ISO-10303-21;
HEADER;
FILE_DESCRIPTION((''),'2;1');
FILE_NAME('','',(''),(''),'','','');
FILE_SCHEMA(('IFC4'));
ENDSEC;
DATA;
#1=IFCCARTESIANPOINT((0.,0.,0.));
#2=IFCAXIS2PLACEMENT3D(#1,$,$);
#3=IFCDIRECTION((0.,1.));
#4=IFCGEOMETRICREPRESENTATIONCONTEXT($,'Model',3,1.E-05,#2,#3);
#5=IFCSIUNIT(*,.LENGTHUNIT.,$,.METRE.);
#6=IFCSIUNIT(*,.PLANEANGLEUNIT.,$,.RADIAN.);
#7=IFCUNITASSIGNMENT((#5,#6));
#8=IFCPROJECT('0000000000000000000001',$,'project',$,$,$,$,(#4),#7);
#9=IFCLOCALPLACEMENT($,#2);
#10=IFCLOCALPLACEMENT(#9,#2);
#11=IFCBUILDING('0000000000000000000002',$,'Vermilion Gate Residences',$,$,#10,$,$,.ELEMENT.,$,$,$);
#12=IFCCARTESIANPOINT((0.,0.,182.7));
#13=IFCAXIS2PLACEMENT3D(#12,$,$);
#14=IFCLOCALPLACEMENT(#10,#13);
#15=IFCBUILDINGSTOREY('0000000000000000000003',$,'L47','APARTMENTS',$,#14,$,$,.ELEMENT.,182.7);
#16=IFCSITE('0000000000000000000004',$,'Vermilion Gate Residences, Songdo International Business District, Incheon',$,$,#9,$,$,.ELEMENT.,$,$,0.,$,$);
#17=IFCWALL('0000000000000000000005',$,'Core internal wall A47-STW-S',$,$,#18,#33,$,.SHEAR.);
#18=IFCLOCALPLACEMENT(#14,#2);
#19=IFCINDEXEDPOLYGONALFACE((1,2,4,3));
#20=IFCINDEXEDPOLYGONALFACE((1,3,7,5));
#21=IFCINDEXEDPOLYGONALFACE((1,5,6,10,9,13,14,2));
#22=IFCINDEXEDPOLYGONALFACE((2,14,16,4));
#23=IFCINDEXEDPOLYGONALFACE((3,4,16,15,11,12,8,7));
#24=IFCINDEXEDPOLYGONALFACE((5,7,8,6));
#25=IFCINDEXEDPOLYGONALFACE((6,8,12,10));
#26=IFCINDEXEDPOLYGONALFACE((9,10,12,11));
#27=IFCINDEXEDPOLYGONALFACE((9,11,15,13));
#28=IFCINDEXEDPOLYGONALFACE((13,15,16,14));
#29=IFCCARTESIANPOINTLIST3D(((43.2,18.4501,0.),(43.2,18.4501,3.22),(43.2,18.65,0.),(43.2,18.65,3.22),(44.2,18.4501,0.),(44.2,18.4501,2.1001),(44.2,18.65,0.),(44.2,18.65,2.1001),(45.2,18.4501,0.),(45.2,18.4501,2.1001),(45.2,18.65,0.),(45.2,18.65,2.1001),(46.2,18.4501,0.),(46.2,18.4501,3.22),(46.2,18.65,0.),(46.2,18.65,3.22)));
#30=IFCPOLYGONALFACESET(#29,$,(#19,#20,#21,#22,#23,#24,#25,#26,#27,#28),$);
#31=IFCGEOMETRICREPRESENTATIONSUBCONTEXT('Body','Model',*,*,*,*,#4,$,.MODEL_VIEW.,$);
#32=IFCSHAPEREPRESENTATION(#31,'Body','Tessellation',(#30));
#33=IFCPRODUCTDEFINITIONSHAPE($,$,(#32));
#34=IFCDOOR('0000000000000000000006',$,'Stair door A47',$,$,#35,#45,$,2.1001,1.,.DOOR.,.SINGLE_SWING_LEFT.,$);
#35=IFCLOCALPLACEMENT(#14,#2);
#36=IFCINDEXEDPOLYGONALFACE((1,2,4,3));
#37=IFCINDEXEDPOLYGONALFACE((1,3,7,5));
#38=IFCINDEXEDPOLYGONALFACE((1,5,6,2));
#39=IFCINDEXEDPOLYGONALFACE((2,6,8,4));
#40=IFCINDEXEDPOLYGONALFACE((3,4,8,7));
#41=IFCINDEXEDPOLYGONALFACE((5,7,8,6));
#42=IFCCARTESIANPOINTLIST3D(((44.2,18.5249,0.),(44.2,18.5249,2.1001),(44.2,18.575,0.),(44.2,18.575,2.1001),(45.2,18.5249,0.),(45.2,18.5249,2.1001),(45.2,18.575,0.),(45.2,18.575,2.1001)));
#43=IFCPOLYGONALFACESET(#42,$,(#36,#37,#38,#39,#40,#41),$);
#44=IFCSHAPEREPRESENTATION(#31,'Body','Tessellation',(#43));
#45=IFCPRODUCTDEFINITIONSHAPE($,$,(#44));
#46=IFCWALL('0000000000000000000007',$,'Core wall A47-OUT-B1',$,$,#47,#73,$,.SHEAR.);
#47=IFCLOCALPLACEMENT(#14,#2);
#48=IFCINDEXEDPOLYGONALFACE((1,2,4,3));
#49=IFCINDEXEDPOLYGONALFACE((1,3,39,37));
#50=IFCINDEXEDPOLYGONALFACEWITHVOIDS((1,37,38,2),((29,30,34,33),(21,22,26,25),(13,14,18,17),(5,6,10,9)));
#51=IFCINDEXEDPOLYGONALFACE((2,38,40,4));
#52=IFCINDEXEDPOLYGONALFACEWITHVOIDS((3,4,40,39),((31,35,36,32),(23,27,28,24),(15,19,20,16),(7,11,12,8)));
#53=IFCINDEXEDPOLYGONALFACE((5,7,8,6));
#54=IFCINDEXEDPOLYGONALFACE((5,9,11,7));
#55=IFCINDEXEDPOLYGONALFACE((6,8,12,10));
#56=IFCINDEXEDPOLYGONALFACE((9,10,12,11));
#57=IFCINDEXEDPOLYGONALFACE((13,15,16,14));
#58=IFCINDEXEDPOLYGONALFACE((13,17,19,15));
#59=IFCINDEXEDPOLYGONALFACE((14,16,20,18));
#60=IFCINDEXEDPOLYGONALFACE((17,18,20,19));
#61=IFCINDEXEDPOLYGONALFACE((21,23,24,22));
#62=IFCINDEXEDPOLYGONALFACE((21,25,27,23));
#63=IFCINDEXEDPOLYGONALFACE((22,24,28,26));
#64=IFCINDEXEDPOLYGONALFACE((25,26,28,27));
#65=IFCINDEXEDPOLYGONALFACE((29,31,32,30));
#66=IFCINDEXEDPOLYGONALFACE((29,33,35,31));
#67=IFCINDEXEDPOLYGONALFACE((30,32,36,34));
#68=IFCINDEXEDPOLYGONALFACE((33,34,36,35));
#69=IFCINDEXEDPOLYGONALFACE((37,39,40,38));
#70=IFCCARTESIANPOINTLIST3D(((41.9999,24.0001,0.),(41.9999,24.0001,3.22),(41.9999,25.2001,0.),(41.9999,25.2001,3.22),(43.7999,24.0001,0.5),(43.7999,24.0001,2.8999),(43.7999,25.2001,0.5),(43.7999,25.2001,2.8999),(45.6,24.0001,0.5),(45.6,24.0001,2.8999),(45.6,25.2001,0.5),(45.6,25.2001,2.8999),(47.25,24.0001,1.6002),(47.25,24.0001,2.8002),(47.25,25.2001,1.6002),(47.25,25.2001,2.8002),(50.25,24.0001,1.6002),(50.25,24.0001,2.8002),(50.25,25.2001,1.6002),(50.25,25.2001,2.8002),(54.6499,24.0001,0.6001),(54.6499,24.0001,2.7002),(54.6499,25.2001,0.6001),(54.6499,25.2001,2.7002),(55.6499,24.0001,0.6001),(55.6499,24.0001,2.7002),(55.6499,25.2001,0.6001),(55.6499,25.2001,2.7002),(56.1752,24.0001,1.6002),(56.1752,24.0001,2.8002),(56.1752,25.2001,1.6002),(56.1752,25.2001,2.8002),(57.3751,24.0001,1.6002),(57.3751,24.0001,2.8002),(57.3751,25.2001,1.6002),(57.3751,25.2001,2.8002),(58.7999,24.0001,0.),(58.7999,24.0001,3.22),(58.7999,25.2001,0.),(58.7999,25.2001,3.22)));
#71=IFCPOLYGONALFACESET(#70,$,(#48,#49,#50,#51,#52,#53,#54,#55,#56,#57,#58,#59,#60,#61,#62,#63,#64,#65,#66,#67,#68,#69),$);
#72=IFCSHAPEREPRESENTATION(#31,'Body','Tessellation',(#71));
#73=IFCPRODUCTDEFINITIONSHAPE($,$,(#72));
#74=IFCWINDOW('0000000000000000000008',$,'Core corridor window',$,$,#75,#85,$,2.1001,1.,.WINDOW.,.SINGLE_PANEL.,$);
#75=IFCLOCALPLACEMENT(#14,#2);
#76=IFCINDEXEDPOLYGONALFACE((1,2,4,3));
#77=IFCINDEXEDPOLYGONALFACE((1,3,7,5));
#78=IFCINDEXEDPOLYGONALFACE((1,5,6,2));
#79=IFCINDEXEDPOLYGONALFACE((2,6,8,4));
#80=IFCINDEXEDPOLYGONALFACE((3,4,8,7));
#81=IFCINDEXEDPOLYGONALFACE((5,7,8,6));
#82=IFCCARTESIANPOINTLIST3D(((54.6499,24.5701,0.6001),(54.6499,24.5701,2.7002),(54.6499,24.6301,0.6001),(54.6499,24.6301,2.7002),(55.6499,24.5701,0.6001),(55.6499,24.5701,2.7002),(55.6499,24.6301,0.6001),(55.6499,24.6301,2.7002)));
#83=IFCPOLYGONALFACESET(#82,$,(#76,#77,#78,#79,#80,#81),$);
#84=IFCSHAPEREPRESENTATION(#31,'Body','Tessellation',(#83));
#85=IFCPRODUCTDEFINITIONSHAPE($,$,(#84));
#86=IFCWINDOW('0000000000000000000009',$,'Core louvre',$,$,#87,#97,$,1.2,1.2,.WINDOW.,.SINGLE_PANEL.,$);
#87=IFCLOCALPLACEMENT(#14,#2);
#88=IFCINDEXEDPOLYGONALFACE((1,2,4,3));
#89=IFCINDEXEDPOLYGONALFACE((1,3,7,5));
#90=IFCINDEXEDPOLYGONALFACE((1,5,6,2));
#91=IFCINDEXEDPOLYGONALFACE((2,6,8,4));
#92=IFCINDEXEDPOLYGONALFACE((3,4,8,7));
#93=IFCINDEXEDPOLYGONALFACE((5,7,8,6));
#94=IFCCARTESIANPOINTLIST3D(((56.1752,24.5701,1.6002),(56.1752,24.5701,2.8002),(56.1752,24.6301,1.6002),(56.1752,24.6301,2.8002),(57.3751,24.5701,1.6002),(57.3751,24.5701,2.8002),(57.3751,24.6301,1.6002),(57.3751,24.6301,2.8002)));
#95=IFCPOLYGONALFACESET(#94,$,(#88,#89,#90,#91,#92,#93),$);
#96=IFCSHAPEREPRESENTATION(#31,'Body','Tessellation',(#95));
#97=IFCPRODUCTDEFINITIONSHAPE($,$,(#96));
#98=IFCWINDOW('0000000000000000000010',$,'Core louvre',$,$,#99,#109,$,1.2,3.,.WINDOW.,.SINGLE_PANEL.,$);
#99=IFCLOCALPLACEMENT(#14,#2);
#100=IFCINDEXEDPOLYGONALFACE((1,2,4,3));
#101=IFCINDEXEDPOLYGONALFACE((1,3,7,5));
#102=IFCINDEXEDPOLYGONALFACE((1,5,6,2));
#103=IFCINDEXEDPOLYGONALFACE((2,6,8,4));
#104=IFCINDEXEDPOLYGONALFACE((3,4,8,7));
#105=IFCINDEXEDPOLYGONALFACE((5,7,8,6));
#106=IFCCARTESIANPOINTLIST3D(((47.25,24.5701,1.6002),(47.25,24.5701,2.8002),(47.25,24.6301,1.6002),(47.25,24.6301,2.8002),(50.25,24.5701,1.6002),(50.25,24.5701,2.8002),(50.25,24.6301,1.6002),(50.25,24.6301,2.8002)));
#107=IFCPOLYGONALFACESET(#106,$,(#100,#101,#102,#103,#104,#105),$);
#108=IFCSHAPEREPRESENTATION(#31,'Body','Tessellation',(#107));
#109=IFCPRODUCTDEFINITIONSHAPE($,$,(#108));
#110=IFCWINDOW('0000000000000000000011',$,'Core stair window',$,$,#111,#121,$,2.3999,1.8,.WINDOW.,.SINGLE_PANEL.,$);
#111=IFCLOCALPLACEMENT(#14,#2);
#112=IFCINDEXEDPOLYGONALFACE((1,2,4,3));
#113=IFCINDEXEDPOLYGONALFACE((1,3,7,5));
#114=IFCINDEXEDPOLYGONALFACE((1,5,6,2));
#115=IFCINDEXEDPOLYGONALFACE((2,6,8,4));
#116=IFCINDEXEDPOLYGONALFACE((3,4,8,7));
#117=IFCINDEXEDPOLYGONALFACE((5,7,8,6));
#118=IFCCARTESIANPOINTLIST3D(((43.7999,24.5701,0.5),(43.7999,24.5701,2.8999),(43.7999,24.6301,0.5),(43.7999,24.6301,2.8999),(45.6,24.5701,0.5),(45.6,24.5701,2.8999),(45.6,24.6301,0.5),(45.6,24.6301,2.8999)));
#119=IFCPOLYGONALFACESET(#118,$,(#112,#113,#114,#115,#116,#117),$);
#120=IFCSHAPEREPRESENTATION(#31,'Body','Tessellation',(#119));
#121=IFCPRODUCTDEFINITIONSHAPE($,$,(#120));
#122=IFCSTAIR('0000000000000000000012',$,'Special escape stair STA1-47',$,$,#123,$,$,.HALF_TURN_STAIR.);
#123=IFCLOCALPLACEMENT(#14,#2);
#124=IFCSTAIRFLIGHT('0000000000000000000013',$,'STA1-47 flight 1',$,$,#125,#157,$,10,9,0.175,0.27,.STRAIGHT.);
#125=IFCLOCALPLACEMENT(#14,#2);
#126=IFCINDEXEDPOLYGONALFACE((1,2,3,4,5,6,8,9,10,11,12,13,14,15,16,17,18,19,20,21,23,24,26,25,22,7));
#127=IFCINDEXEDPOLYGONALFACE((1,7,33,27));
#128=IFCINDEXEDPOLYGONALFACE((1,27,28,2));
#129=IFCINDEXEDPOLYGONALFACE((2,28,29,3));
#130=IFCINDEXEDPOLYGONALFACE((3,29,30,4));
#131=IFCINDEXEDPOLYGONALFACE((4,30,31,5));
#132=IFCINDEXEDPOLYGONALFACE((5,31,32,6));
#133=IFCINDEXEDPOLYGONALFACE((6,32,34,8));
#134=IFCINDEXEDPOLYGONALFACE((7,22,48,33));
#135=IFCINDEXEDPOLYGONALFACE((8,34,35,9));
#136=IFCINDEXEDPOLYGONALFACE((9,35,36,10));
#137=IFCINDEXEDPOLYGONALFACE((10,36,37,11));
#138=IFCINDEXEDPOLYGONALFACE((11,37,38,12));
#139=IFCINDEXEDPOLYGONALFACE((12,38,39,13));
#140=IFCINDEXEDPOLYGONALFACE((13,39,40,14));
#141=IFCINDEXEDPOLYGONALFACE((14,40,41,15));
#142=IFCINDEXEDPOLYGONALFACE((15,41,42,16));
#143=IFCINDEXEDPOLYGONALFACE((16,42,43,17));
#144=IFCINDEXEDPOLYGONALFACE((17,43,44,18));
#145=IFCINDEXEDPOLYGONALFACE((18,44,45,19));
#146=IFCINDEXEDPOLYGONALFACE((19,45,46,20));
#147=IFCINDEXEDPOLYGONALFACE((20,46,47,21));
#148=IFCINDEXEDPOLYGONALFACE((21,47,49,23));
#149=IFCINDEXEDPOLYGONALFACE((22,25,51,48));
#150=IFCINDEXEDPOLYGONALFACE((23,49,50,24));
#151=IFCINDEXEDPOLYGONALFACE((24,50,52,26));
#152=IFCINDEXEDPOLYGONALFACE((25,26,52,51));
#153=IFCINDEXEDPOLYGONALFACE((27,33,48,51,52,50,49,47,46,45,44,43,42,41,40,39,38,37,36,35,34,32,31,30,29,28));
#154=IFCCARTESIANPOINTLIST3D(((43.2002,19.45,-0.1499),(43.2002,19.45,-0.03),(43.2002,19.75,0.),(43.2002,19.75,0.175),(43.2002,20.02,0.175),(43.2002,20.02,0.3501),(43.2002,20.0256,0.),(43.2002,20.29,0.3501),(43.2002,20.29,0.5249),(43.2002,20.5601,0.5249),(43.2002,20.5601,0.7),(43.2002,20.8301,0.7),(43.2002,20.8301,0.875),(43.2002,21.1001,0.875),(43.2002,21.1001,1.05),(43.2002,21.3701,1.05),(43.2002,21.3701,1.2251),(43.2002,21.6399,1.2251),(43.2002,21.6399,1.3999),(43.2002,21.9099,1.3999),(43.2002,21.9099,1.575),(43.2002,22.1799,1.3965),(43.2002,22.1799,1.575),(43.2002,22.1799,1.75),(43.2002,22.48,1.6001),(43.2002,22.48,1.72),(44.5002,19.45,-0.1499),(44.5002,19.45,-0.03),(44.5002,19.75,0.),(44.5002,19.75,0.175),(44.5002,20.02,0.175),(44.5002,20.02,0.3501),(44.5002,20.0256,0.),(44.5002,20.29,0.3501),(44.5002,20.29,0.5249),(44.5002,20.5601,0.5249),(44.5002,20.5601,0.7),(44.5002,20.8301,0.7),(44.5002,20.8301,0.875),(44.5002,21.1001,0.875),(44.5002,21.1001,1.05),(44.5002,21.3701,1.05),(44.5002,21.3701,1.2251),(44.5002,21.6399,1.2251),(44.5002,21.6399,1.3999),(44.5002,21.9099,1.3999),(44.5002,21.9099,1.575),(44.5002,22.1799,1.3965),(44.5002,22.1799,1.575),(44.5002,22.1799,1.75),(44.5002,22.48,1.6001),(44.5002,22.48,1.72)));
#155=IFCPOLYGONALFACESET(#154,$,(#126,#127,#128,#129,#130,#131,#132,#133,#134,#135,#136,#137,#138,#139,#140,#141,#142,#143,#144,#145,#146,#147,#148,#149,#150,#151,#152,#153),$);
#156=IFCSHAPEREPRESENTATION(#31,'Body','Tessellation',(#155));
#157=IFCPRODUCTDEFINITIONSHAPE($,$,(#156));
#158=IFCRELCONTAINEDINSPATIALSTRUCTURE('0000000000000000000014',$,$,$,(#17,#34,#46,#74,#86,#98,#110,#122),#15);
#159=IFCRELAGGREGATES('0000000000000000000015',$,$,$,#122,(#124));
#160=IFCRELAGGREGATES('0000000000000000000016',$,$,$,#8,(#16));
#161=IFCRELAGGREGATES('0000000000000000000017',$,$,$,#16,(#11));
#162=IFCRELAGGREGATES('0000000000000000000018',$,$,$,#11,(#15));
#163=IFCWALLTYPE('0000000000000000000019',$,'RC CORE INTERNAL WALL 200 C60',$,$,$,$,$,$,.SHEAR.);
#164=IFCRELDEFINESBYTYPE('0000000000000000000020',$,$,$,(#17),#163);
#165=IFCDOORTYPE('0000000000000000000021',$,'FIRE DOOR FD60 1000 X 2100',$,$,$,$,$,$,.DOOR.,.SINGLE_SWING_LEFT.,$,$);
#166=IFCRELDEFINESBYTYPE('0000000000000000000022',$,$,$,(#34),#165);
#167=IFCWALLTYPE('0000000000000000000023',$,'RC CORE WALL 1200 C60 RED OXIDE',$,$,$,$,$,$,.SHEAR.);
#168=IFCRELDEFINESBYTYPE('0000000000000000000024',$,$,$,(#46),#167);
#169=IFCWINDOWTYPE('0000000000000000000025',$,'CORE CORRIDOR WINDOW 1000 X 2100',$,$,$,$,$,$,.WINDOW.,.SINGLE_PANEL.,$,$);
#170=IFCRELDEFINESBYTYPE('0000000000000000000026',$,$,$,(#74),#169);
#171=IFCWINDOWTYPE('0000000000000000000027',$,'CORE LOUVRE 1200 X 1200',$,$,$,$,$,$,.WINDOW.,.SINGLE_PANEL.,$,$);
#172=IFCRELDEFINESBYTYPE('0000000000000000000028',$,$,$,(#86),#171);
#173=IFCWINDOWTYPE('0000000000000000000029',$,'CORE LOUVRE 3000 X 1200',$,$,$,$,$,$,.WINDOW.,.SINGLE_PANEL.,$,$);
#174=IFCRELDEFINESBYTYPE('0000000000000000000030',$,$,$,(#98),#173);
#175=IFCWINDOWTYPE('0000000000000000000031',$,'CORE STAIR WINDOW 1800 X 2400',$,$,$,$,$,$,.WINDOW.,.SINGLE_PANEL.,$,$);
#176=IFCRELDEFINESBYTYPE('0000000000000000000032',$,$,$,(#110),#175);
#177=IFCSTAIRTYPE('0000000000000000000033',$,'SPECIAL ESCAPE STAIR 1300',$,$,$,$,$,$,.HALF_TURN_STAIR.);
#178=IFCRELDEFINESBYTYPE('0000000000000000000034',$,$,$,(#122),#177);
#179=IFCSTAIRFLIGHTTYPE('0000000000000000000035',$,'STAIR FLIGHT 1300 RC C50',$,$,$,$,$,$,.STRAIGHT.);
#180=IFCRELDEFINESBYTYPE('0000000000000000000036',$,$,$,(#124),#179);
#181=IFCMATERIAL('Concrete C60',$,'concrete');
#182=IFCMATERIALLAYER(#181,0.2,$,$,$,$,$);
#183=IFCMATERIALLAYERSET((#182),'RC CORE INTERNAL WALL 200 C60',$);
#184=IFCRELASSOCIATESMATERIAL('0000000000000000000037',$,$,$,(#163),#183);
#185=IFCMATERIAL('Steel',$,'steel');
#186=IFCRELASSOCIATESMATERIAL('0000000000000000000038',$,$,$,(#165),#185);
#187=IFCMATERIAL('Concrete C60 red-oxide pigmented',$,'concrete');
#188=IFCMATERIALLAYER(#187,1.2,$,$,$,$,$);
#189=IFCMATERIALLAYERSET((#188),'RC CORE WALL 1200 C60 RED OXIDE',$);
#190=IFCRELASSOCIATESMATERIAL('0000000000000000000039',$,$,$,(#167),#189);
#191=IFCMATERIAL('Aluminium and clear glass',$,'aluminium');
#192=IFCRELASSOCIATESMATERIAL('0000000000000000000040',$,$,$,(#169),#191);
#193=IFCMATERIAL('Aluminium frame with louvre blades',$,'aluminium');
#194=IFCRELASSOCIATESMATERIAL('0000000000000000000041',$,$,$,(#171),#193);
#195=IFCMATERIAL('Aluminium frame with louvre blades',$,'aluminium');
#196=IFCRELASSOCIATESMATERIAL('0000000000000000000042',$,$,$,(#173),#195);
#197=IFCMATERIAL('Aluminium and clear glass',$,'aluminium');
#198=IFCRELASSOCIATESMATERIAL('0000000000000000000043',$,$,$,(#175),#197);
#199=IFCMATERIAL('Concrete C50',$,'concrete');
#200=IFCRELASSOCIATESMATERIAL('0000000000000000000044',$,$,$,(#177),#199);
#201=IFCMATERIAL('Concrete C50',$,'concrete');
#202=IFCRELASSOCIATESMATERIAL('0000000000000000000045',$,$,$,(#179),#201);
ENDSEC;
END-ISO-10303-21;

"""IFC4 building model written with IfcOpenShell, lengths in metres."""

from ifc_helpers import new_model, si_unit, direction, frame, frame_2d, origin, place, context, subcontext, project, spatial, polyline, rectangle, outline, extrude, material, layer, layer_set, type_object, element, fill, aggregate, save


model = new_model("IFC4")

# Units and contexts
model_context = context("Model", 3, precision=1e-05, world=origin(), true_north=direction((0.0, 1.0)))
body_context = subcontext(model_context, "Body", "Model", "MODEL_VIEW")
ifc_project = project(units=[si_unit("LENGTHUNIT", "METRE"), si_unit("PLANEANGLEUNIT", "RADIAN")], contexts=[model_context])

# Site, building, storey
site_placement = place(None, origin())
site = spatial("IfcSite", under=ifc_project, at=site_placement, Name="Vermilion Gate Residences, Songdo International Business District, Incheon", CompositionType="ELEMENT", RefElevation=0.0)
building_placement = place(site_placement, origin())
building = spatial("IfcBuilding", under=site, at=building_placement, Name="Vermilion Gate Residences", CompositionType="ELEMENT")
storey_placement = place(building_placement, frame((0.0, 0.0, 182.7)))
storey = spatial("IfcBuildingStorey", under=building, at=storey_placement, Name="L47", Description="APARTMENTS", CompositionType="ELEMENT", Elevation=182.7)

# Shared definitions
ifc_material_1 = material(Name="Concrete C60", Category="concrete")
ifc_layer_1 = layer(ifc_material_1, 0.2)
ifc_layer_set_1 = layer_set([ifc_layer_1], Name="RC CORE INTERNAL WALL 200 C60")
wall_type_1 = type_object("IfcWallType", Name="RC CORE INTERNAL WALL 200 C60", PredefinedType="SHEAR", material=ifc_layer_set_1)

# Wall, opening, door
wall_1_placement = place(storey_placement, frame((43.2, 18.55, 0.0), z_axis=(0.0, 0.0, 1.0), x_axis=(1.0, 0.0, 0.0)))
wall_1 = element("IfcWall", 1, at=wall_1_placement, inside=storey, type_object=wall_type_1, Name="Core internal wall A47-STW-S", PredefinedType="SHEAR", context=body_context, shape_type="SweptSolid", body=[
    extrude(rectangle(XDim=3.0, YDim=0.2, at=frame_2d((1.5, 0.0))), origin(), (0.0, 0.0, 1.0), 3.22),
])
opening_1_placement = place(wall_1_placement, frame((1.0, 0.0, 0.0)))
opening_1 = element("IfcOpeningElement", 2, at=opening_1_placement, cuts=wall_1, PredefinedType="OPENING", context=body_context, shape_type="SweptSolid", body=[
    extrude(rectangle(XDim=1.0, YDim=2.1001, at=frame_2d((0.5, 1.05))), frame((0.0, 0.1099, 0.0), z_axis=(0.0, -1.0, 0.0), x_axis=(1.0, 0.0, 0.0)), (0.0, 0.0, 1.0), 0.22),
])
ifc_material_2 = material(Name="Steel", Category="steel")
door_type_1 = type_object("IfcDoorType", Name="FIRE DOOR FD60 1000 X 2100", OperationType="SINGLE_SWING_LEFT", PredefinedType="DOOR", material=ifc_material_2)
door_1_placement = place(opening_1_placement, origin())
door_1 = element("IfcDoor", 3, at=door_1_placement, inside=storey, type_object=door_type_1, Name="Stair door A47", OperationType="SINGLE_SWING_LEFT", OverallHeight=2.1001, OverallWidth=1.0, PredefinedType="DOOR", context=body_context, shape_type="SweptSolid", body=[
    extrude(rectangle(XDim=1.0, YDim=2.1001, at=frame_2d((0.5, 1.05))), frame((0.0, 0.0249, 0.0), z_axis=(0.0, -1.0, 0.0), x_axis=(1.0, 0.0, 0.0)), (0.0, 0.0, 1.0), 0.05),
])
fill(opening_1, door_1)

# Wall, openings, windows
ifc_material_3 = material(Name="Concrete C60 red-oxide pigmented", Category="concrete")
ifc_layer_2 = layer(ifc_material_3, 1.2)
ifc_layer_set_2 = layer_set([ifc_layer_2], Name="RC CORE WALL 1200 C60 RED OXIDE")
wall_type_2 = type_object("IfcWallType", Name="RC CORE WALL 1200 C60 RED OXIDE", PredefinedType="SHEAR", material=ifc_layer_set_2)
wall_2_placement = place(storey_placement, frame((42.0, 24.6001, 0.0), z_axis=(0.0, 0.0, 1.0), x_axis=(1.0, 0.0, 0.0)))
wall_2 = element("IfcWall", 4, at=wall_2_placement, inside=storey, type_object=wall_type_2, Name="Core wall A47-OUT-B1", PredefinedType="SHEAR", context=body_context, shape_type="SweptSolid", body=[
    extrude(rectangle(XDim=16.8, YDim=1.2, at=frame_2d((8.3999, 0.0))), origin(), (0.0, 0.0, 1.0), 3.22),
])
opening_2_placement = place(wall_2_placement, frame((1.8, 0.0, 0.5)))
opening_2 = element("IfcOpeningElement", 5, at=opening_2_placement, cuts=wall_2, PredefinedType="OPENING", context=body_context, shape_type="SweptSolid", body=[
    extrude(rectangle(XDim=1.8, YDim=2.3999, at=frame_2d((0.8999, 1.2))), frame((0.0, 0.6099, 0.0), z_axis=(0.0, -1.0, 0.0), x_axis=(1.0, 0.0, 0.0)), (0.0, 0.0, 1.0), 1.22),
])
opening_3_placement = place(wall_2_placement, frame((5.25, 0.0, 1.6001)))
opening_3 = element("IfcOpeningElement", 6, at=opening_3_placement, cuts=wall_2, PredefinedType="OPENING", context=body_context, shape_type="SweptSolid", body=[
    extrude(rectangle(XDim=3.0, YDim=1.2, at=frame_2d((1.5, 0.6001))), frame((0.0, 0.6099, 0.0), z_axis=(0.0, -1.0, 0.0), x_axis=(1.0, 0.0, 0.0)), (0.0, 0.0, 1.0), 1.22),
])
opening_4_placement = place(wall_2_placement, frame((12.6499, 0.0, 0.6001)))
opening_4 = element("IfcOpeningElement", 7, at=opening_4_placement, cuts=wall_2, PredefinedType="OPENING", context=body_context, shape_type="SweptSolid", body=[
    extrude(rectangle(XDim=1.0, YDim=2.1001, at=frame_2d((0.5, 1.05))), frame((0.0, 0.6099, 0.0), z_axis=(0.0, -1.0, 0.0), x_axis=(1.0, 0.0, 0.0)), (0.0, 0.0, 1.0), 1.22),
])
opening_5_placement = place(wall_2_placement, frame((14.175, 0.0, 1.6001)))
opening_5 = element("IfcOpeningElement", 8, at=opening_5_placement, cuts=wall_2, PredefinedType="OPENING", context=body_context, shape_type="SweptSolid", body=[
    extrude(rectangle(XDim=1.2, YDim=1.2, at=frame_2d((0.6001, 0.6001))), frame((0.0, 0.6099, 0.0), z_axis=(0.0, -1.0, 0.0), x_axis=(1.0, 0.0, 0.0)), (0.0, 0.0, 1.0), 1.22),
])
ifc_material_4 = material(Name="Aluminium and clear glass", Category="aluminium")
window_type_1 = type_object("IfcWindowType", Name="CORE CORRIDOR WINDOW 1000 X 2100", PartitioningType="SINGLE_PANEL", PredefinedType="WINDOW", material=ifc_material_4)
window_1_placement = place(opening_4_placement, origin())
window_1 = element("IfcWindow", 9, at=window_1_placement, inside=storey, type_object=window_type_1, Name="Core corridor window", OverallHeight=2.1001, OverallWidth=1.0, PartitioningType="SINGLE_PANEL", PredefinedType="WINDOW", context=body_context, shape_type="SweptSolid", body=[
    extrude(rectangle(XDim=1.0, YDim=2.1001, at=frame_2d((0.5, 1.05))), frame((0.0, 0.03, 0.0), z_axis=(0.0, -1.0, 0.0), x_axis=(1.0, 0.0, 0.0)), (0.0, 0.0, 1.0), 0.0601),
])
fill(opening_4, window_1)
ifc_material_5 = material(Name="Aluminium frame with louvre blades", Category="aluminium")
window_type_2 = type_object("IfcWindowType", Name="CORE LOUVRE 1200 X 1200", PartitioningType="SINGLE_PANEL", PredefinedType="WINDOW", material=ifc_material_5)
window_2_placement = place(opening_5_placement, origin())
window_2 = element("IfcWindow", 10, at=window_2_placement, inside=storey, type_object=window_type_2, Name="Core louvre", OverallHeight=1.2, OverallWidth=1.2, PartitioningType="SINGLE_PANEL", PredefinedType="WINDOW", context=body_context, shape_type="SweptSolid", body=[
    extrude(rectangle(XDim=1.2, YDim=1.2, at=frame_2d((0.6001, 0.6001))), frame((0.0, 0.03, 0.0), z_axis=(0.0, -1.0, 0.0), x_axis=(1.0, 0.0, 0.0)), (0.0, 0.0, 1.0), 0.0601),
])
fill(opening_5, window_2)
ifc_material_6 = material(Name="Aluminium frame with louvre blades", Category="aluminium")
window_type_3 = type_object("IfcWindowType", Name="CORE LOUVRE 3000 X 1200", PartitioningType="SINGLE_PANEL", PredefinedType="WINDOW", material=ifc_material_6)
window_3_placement = place(opening_3_placement, origin())
window_3 = element("IfcWindow", 11, at=window_3_placement, inside=storey, type_object=window_type_3, Name="Core louvre", OverallHeight=1.2, OverallWidth=3.0, PartitioningType="SINGLE_PANEL", PredefinedType="WINDOW", context=body_context, shape_type="SweptSolid", body=[
    extrude(rectangle(XDim=3.0, YDim=1.2, at=frame_2d((1.5, 0.6001))), frame((0.0, 0.03, 0.0), z_axis=(0.0, -1.0, 0.0), x_axis=(1.0, 0.0, 0.0)), (0.0, 0.0, 1.0), 0.0601),
])
fill(opening_3, window_3)
ifc_material_7 = material(Name="Aluminium and clear glass", Category="aluminium")
window_type_4 = type_object("IfcWindowType", Name="CORE STAIR WINDOW 1800 X 2400", PartitioningType="SINGLE_PANEL", PredefinedType="WINDOW", material=ifc_material_7)
window_4_placement = place(opening_2_placement, origin())
window_4 = element("IfcWindow", 12, at=window_4_placement, inside=storey, type_object=window_type_4, Name="Core stair window", OverallHeight=2.3999, OverallWidth=1.8, PartitioningType="SINGLE_PANEL", PredefinedType="WINDOW", context=body_context, shape_type="SweptSolid", body=[
    extrude(rectangle(XDim=1.8, YDim=2.3999, at=frame_2d((0.8999, 1.2))), frame((0.0, 0.03, 0.0), z_axis=(0.0, -1.0, 0.0), x_axis=(1.0, 0.0, 0.0)), (0.0, 0.0, 1.0), 0.0601),
])
fill(opening_2, window_4)

# Stair, stair flight
ifc_material_8 = material(Name="Concrete C50", Category="concrete")
stair_type = type_object("IfcStairType", Name="SPECIAL ESCAPE STAIR 1300", PredefinedType="HALF_TURN_STAIR", material=ifc_material_8)
stair_placement = place(storey_placement, origin())
stair = element("IfcStair", 13, at=stair_placement, inside=storey, type_object=stair_type, Name="Special escape stair STA1-47", PredefinedType="HALF_TURN_STAIR")
ifc_material_9 = material(Name="Concrete C50", Category="concrete")
stair_flight_type = type_object("IfcStairFlightType", Name="STAIR FLIGHT 1300 RC C50", PredefinedType="STRAIGHT", material=ifc_material_9)
stair_flight_1_placement = place(storey_placement, frame((43.8501, 19.75, 0.0), z_axis=(0.0, 0.0, 1.0), x_axis=(0.0, 1.0, 0.0)))
stair_flight_1 = element("IfcStairFlight", 14, at=stair_flight_1_placement, type_object=stair_flight_type, Name="STA1-47 flight 1", NumberOfRisers=10, NumberOfTreads=9, PredefinedType="STRAIGHT", RiserHeight=0.175, TreadLength=0.27, context=body_context, shape_type="SweptSolid", body=[
    extrude(outline(polyline([(-0.3, -0.1499), (-0.3, -0.03), (0.0, 0.0), (0.0, 0.175), (0.27, 0.175), (0.27, 0.3501), (0.54, 0.3501), (0.54, 0.5249), (0.8101, 0.5249), (0.8101, 0.7), (1.0801, 0.7), (1.0801, 0.875), (1.3501, 0.875), (1.3501, 1.05), (1.6201, 1.05), (1.6201, 1.2251), (1.8899, 1.2251), (1.8899, 1.3999), (2.1599, 1.3999), (2.1599, 1.575), (2.4299, 1.575), (2.4299, 1.75), (2.73, 1.72), (2.73, 1.6001), (2.4299, 1.3965), (0.2756, 0.0), (-0.3, -0.1499)])), frame((0.0, 0.6499, 0.0), z_axis=(0.0, -1.0, 0.0), x_axis=(1.0, 0.0, 0.0)), (0.0, 0.0, 1.0), 1.3),
])
aggregate(stair, [stair_flight_1])

save(model, "model.ifc")
